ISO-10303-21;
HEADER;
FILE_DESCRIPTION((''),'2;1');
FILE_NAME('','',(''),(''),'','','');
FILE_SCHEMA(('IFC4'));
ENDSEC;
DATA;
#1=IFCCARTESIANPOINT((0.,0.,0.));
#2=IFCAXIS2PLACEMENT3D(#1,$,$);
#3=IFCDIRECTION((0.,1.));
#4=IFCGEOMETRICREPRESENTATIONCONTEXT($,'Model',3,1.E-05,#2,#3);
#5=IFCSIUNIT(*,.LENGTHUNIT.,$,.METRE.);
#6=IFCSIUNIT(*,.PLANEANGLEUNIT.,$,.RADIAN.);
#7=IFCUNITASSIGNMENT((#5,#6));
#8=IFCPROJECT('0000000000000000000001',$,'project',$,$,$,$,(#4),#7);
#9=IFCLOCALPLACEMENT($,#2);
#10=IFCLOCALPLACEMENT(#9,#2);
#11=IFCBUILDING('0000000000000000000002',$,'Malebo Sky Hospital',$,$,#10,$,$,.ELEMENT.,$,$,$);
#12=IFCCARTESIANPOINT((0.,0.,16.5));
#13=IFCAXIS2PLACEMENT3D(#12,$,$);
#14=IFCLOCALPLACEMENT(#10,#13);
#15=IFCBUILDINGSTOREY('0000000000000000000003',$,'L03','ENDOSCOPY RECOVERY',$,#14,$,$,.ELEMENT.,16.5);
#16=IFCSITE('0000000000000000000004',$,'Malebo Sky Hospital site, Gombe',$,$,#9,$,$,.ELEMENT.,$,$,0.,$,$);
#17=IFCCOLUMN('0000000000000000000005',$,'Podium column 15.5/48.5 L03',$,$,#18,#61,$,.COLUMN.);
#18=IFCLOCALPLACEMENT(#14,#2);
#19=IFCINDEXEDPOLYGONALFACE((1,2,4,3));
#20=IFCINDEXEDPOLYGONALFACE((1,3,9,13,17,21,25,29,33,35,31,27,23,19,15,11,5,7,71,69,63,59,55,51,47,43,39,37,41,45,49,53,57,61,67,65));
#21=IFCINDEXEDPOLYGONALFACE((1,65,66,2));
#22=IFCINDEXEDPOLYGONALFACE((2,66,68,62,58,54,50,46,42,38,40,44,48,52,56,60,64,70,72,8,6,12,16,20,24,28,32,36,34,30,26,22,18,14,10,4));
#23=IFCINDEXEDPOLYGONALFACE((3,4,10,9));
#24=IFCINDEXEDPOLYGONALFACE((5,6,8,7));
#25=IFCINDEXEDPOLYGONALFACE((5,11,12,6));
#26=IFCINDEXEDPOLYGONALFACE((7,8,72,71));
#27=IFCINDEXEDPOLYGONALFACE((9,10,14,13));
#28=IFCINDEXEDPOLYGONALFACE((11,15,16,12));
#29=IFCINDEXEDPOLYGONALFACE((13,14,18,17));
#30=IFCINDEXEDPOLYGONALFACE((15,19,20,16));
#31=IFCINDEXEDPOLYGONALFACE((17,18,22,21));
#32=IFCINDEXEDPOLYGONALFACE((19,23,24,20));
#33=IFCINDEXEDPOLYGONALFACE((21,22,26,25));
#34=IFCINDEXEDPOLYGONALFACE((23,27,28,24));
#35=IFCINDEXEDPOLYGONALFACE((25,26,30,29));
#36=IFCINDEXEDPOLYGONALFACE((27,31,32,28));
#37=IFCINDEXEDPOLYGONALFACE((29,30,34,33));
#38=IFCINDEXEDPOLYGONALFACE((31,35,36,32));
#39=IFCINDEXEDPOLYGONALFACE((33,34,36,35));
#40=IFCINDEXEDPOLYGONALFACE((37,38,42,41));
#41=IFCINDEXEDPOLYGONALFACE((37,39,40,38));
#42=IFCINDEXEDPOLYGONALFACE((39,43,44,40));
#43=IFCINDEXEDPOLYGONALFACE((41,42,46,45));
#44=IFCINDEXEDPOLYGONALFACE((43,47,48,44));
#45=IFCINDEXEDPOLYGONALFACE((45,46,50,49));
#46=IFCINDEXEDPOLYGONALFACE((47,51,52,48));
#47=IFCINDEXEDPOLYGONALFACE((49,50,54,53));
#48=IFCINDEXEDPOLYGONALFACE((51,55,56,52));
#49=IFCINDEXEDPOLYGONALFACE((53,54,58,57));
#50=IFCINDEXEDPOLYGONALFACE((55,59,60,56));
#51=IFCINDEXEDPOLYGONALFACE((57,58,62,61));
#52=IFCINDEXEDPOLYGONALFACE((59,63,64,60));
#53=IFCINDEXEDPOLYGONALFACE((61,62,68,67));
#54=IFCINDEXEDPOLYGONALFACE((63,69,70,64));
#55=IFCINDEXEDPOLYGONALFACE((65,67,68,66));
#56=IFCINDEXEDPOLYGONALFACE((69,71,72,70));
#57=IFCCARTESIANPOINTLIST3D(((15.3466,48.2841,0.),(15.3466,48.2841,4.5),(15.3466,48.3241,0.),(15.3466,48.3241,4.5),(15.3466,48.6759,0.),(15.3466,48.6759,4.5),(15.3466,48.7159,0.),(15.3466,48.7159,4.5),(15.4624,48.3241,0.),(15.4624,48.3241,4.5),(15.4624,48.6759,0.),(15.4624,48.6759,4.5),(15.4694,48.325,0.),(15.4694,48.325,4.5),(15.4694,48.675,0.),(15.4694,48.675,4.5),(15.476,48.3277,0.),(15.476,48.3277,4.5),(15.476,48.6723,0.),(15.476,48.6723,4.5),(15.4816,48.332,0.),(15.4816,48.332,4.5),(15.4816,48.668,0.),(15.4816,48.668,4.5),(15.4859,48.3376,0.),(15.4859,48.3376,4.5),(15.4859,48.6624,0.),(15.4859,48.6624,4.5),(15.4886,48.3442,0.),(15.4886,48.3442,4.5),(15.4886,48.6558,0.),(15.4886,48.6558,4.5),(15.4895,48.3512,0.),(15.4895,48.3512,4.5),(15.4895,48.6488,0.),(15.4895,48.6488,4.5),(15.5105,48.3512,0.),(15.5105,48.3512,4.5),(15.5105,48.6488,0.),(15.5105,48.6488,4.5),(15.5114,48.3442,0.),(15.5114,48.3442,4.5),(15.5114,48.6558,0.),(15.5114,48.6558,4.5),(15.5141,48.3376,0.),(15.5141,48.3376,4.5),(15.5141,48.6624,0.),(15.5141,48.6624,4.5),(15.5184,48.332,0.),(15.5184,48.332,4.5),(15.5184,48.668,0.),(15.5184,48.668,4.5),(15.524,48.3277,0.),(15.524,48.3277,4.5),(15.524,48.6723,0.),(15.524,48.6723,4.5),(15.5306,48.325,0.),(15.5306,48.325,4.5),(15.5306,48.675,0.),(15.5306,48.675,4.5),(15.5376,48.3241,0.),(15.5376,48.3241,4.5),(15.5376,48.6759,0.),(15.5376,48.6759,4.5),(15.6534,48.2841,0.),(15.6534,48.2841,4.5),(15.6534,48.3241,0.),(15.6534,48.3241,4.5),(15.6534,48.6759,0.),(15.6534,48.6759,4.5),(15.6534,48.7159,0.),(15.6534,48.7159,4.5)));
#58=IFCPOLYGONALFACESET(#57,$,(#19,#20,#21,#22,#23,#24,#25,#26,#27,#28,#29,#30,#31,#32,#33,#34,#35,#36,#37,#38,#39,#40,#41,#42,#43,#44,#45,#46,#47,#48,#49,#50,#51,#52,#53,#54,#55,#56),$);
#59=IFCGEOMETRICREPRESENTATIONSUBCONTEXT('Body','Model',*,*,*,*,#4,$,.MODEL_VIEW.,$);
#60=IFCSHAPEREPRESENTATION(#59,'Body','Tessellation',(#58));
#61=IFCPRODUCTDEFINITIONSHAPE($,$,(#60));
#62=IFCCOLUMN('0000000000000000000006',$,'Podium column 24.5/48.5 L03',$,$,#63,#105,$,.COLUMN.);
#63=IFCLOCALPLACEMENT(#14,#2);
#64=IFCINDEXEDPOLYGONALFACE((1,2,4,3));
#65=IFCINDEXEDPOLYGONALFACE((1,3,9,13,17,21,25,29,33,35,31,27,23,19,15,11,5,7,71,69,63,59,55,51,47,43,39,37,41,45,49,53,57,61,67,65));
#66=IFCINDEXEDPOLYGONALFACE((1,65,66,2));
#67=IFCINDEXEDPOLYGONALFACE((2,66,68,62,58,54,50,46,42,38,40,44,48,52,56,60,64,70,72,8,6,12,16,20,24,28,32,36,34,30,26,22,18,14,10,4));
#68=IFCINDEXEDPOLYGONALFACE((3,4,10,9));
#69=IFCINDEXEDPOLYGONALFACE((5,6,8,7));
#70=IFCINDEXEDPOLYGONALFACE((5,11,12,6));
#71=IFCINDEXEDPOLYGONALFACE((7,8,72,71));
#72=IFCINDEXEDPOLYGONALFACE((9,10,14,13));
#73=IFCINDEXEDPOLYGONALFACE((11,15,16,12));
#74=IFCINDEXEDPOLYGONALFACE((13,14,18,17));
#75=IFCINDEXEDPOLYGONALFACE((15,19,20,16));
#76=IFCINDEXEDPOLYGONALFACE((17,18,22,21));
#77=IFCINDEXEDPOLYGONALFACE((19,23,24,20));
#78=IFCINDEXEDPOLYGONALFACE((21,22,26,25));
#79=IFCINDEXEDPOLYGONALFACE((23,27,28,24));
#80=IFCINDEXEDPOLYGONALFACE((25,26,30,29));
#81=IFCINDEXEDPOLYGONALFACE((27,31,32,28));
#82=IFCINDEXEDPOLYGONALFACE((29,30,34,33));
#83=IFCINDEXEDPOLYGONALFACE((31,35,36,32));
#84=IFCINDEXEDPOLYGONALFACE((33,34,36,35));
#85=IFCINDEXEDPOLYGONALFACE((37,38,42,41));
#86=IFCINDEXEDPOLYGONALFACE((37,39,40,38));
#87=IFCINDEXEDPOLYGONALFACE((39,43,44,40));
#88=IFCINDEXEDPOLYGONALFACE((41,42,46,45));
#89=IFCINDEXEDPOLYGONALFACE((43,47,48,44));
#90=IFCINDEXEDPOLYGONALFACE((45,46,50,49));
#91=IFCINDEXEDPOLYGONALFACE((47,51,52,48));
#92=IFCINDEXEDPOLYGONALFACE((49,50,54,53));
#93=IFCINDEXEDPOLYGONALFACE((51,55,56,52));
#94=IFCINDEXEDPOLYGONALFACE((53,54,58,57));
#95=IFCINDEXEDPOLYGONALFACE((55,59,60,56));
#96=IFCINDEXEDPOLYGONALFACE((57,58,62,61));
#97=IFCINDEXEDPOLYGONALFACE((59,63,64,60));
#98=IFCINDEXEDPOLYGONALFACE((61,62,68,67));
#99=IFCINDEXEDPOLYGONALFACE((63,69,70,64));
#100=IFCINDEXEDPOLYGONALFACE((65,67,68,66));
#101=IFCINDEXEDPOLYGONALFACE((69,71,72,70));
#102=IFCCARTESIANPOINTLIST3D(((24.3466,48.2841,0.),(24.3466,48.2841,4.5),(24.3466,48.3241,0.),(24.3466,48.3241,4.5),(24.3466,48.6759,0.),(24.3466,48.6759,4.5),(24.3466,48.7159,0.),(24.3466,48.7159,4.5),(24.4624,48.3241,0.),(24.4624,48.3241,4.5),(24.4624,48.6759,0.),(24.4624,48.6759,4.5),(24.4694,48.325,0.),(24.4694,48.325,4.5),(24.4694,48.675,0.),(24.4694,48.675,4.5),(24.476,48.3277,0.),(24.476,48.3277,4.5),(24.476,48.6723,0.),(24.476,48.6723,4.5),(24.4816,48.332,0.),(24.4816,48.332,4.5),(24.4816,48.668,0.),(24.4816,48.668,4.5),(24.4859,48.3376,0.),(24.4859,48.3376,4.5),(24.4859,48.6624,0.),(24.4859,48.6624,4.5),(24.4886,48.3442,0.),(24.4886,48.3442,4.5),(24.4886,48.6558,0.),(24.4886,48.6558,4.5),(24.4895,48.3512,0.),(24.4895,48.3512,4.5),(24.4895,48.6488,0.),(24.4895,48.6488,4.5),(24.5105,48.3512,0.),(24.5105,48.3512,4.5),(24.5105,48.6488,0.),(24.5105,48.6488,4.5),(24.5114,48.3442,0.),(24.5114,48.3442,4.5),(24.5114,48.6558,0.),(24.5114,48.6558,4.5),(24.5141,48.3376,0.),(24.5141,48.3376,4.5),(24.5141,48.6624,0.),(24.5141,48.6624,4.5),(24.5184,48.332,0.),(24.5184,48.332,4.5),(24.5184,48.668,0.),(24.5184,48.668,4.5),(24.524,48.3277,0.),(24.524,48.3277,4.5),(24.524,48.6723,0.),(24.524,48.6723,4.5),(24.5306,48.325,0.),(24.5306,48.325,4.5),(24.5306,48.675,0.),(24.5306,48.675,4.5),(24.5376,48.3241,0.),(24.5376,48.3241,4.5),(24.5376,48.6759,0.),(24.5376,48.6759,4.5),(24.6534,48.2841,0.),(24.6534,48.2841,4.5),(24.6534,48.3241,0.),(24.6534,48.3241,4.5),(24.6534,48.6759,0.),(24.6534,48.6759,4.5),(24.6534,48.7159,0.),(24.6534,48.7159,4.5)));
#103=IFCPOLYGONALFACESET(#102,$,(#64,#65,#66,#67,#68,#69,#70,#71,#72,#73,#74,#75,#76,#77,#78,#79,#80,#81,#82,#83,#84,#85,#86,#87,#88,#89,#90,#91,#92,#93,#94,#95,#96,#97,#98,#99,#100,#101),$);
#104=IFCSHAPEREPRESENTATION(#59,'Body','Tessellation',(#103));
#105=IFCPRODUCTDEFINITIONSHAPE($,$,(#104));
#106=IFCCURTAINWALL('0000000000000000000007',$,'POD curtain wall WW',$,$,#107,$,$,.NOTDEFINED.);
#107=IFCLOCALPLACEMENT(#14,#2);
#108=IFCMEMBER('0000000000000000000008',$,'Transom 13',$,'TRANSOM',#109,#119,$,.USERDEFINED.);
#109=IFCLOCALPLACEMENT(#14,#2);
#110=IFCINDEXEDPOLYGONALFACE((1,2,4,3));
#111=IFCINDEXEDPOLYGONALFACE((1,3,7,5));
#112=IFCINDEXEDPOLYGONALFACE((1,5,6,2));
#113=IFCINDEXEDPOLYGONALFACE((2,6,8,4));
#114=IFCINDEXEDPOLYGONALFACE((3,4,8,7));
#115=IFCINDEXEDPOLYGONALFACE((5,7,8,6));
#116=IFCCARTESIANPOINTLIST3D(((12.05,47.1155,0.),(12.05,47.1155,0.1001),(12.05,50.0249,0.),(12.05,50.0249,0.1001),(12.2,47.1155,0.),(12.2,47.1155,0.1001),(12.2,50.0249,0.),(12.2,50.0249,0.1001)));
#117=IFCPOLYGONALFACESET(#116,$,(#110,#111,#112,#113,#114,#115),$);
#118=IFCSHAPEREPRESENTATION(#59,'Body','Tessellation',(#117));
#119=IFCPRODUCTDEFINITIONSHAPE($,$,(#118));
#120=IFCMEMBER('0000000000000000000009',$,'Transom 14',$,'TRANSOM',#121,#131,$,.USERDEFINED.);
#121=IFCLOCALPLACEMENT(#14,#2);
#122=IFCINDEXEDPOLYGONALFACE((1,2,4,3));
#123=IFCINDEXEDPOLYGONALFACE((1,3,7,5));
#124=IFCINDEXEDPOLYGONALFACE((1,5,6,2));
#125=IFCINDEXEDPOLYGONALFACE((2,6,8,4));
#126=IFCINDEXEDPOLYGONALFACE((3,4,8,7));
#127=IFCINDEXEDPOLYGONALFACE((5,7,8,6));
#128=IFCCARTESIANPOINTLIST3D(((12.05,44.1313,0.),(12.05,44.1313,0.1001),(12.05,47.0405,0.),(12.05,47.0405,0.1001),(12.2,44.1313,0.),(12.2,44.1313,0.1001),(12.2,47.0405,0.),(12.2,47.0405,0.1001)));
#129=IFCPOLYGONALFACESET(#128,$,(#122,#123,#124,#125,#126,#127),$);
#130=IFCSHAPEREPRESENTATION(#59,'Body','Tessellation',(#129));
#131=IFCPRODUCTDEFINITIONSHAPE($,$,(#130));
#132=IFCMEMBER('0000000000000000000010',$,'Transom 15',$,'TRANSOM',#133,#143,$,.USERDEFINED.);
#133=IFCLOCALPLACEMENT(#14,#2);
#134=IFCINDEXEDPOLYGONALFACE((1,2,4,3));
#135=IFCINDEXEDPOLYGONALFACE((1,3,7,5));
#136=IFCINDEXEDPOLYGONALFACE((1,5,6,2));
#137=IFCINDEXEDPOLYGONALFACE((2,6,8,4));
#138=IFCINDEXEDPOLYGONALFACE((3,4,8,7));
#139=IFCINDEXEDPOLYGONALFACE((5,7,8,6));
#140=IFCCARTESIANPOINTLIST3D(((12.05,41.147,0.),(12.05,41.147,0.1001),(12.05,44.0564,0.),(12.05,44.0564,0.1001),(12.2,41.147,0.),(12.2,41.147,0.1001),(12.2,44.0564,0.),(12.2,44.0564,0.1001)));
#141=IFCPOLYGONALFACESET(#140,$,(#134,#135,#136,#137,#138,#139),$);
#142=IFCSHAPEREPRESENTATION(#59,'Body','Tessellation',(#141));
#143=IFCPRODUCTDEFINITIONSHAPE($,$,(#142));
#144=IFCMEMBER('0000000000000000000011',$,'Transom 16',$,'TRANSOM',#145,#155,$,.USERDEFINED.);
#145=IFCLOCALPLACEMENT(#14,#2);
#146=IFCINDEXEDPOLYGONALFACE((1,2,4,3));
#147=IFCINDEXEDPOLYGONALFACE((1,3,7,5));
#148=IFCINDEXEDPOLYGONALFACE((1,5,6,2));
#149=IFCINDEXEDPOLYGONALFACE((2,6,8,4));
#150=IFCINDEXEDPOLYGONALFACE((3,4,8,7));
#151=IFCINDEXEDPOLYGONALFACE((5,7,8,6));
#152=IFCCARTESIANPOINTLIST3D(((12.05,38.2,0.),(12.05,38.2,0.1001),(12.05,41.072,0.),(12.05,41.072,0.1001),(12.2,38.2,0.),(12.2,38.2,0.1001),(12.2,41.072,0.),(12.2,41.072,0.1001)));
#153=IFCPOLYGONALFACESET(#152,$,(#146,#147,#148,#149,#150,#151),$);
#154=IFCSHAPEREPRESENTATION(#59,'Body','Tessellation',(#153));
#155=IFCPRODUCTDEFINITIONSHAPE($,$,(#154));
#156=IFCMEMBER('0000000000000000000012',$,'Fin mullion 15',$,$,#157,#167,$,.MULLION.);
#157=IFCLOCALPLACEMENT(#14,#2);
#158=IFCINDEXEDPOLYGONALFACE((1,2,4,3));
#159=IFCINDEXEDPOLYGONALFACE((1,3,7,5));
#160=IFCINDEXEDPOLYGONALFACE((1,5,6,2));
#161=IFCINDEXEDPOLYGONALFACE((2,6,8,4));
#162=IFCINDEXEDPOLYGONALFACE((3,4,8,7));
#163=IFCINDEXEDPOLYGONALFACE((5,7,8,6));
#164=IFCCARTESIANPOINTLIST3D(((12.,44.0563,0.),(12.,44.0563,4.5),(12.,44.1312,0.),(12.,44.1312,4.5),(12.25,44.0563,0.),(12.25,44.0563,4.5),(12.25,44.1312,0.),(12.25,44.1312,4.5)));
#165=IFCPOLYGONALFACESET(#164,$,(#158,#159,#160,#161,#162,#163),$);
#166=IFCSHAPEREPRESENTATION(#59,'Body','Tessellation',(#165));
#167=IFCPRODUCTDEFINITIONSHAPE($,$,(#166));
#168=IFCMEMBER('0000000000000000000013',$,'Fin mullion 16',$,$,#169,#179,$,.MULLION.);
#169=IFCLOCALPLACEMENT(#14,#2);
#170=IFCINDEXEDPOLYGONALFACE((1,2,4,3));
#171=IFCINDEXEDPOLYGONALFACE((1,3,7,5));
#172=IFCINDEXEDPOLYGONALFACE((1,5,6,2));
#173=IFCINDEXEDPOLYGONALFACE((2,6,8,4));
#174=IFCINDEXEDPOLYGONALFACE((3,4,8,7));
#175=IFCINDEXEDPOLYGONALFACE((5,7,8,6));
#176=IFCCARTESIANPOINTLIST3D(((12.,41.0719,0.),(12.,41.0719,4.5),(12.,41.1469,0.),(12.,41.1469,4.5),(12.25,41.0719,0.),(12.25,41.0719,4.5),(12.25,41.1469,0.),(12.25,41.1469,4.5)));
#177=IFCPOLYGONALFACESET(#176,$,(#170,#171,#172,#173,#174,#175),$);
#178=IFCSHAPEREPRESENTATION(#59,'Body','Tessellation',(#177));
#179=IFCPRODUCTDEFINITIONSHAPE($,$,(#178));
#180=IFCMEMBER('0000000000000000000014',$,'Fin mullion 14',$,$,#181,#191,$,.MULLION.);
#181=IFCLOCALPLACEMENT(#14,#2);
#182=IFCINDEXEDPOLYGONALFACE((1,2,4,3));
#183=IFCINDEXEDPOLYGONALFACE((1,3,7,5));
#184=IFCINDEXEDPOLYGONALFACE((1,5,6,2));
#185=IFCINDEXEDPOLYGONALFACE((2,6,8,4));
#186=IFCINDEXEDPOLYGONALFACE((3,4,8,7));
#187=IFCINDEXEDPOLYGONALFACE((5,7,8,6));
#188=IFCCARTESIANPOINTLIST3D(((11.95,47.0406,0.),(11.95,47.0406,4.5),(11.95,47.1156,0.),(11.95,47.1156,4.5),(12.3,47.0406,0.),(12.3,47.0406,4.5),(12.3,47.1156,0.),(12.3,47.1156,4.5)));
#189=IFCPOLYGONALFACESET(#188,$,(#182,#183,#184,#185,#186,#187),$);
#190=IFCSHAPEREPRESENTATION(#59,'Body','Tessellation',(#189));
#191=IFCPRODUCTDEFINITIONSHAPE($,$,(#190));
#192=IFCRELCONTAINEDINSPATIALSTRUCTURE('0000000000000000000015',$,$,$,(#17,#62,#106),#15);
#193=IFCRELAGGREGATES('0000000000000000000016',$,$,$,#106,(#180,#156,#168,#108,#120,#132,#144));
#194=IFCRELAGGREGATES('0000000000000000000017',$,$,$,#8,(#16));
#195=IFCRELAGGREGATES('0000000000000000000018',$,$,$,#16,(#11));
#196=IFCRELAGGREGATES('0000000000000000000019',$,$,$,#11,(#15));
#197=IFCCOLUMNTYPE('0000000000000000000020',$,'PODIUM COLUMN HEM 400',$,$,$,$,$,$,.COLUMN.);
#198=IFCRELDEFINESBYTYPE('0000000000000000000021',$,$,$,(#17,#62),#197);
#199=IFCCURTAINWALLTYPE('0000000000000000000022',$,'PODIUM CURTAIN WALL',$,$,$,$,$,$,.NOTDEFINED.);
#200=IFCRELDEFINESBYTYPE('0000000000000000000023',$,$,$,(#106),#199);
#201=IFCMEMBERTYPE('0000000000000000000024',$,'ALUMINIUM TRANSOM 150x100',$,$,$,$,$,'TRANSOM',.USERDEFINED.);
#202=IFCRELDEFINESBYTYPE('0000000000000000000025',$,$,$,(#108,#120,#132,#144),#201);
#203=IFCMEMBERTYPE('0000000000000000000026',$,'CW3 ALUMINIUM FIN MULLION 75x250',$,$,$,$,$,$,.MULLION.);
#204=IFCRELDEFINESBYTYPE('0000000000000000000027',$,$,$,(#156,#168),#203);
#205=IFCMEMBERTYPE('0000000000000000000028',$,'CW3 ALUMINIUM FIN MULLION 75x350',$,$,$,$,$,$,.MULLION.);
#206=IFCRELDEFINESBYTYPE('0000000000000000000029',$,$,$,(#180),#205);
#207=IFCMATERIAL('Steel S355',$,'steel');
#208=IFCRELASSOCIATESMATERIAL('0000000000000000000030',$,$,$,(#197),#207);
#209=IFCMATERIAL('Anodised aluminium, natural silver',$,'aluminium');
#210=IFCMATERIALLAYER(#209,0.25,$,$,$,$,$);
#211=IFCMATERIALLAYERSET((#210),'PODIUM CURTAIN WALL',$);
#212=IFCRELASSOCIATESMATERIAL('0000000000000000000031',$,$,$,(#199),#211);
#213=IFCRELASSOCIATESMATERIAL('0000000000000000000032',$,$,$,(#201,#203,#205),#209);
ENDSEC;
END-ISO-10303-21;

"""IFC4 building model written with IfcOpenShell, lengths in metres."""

from ifc_helpers import new_model, si_unit, direction, frame, origin, origin_2d, place, context, subcontext, project, spatial, rectangle, i_section, extrude, material, layer, layer_set, material_profile, profile_set, type_object, element, aggregate, save


model = new_model("IFC4")

# Units and contexts
model_context = context("Model", 3, precision=1e-05, world=origin(), true_north=direction((0.0, 1.0)))
body_context = subcontext(model_context, "Body", "Model", "MODEL_VIEW")
ifc_project = project(units=[si_unit("LENGTHUNIT", "METRE"), si_unit("PLANEANGLEUNIT", "RADIAN")], contexts=[model_context])

# Site, building, storey
site_placement = place(None, origin())
site = spatial("IfcSite", under=ifc_project, at=site_placement, Name="Malebo Sky Hospital site, Gombe", CompositionType="ELEMENT", RefElevation=0.0)
building_placement = place(site_placement, origin())
building = spatial("IfcBuilding", under=site, at=building_placement, Name="Malebo Sky Hospital", CompositionType="ELEMENT")
storey_placement = place(building_placement, frame((0.0, 0.0, 16.5)))
storey = spatial("IfcBuildingStorey", under=building, at=storey_placement, Name="L03", Description="ENDOSCOPY RECOVERY", CompositionType="ELEMENT", Elevation=16.5)

# Columns
ifc_material_1 = material(Name="Steel S355", Category="steel")
ifc_material_profile_1 = material_profile(ifc_material_1, i_section(OverallWidth=0.3069, OverallDepth=0.4319, WebThickness=0.021, FlangeThickness=0.04, FilletRadius=0.0271, at=origin_2d()), Name="HEM 400")
ifc_profile_set_1 = profile_set([ifc_material_profile_1], Name="Steel S355")
column_type = type_object("IfcColumnType", Name="PODIUM COLUMN HEM 400", PredefinedType="COLUMN", material=ifc_profile_set_1)
for number, where, z_axis, x_axis, name in (
    (1, (15.5, 48.5, 0.0), (0.0, 0.0, 1.0), (1.0, 0.0, 0.0), "Podium column 15.5/48.5 L03"),
    (2, (24.5, 48.5, 0.0), (0.0, 0.0, 1.0), (1.0, 0.0, 0.0), "Podium column 24.5/48.5 L03"),
):
    element("IfcColumn", number, at=place(storey_placement, frame(where, z_axis=z_axis, x_axis=x_axis)), inside=storey, type_object=column_type, Name=name, PredefinedType="COLUMN", context=body_context, shape_type="SweptSolid", body=[
        extrude(i_section(OverallWidth=0.3069, OverallDepth=0.4319, WebThickness=0.021, FlangeThickness=0.04, FilletRadius=0.0271, at=origin_2d()), origin(), (0.0, 0.0, 1.0), 4.5),
    ])

# Curtain wall, members
ifc_material_2 = material(Name="Anodised aluminium, natural silver", Category="aluminium")
ifc_layer_1 = layer(ifc_material_2, 0.25)
ifc_layer_set_1 = layer_set([ifc_layer_1], Name="PODIUM CURTAIN WALL")
curtain_wall_type = type_object("IfcCurtainWallType", Name="PODIUM CURTAIN WALL", PredefinedType="NOTDEFINED", material=ifc_layer_set_1)
curtain_wall_placement = place(storey_placement, origin())
curtain_wall = element("IfcCurtainWall", 3, at=curtain_wall_placement, inside=storey, type_object=curtain_wall_type, Name="POD curtain wall WW", PredefinedType="NOTDEFINED")
ifc_material_profile_2 = material_profile(ifc_material_2, rectangle(XDim=0.1499, YDim=0.1001, at=origin_2d()), Name="ALUMINIUM TRANSOM 150x100")
ifc_profile_set_2 = profile_set([ifc_material_profile_2], Name="Anodised aluminium, natural silver")
member_type_1 = type_object("IfcMemberType", Name="ALUMINIUM TRANSOM 150x100", ElementType="TRANSOM", PredefinedType="USERDEFINED", material=ifc_profile_set_2)
member_1_placement = place(storey_placement, frame((12.125, 50.0249, 0.05), z_axis=(0.0, -1.0, 0.0), x_axis=(1.0, 0.0, 0.0)))
member_1 = element("IfcMember", 4, at=member_1_placement, type_object=member_type_1, Name="Transom 13", ObjectType="TRANSOM", PredefinedType="USERDEFINED", context=body_context, shape_type="SweptSolid", body=[
    extrude(rectangle(XDim=0.1499, YDim=0.1001, at=origin_2d()), origin(), (0.0, 0.0, 1.0), 2.9094),
])
member_2_placement = place(storey_placement, frame((12.125, 47.0405, 0.05), z_axis=(0.0, -1.0, 0.0), x_axis=(1.0, 0.0, 0.0)))
member_2 = element("IfcMember", 5, at=member_2_placement, type_object=member_type_1, Name="Transom 14", ObjectType="TRANSOM", PredefinedType="USERDEFINED", context=body_context, shape_type="SweptSolid", body=[
    extrude(rectangle(XDim=0.1499, YDim=0.1001, at=origin_2d()), origin(), (0.0, 0.0, 1.0), 2.9092),
])
member_3_placement = place(storey_placement, frame((12.125, 44.0564, 0.05), z_axis=(0.0, -1.0, 0.0), x_axis=(1.0, 0.0, 0.0)))
member_3 = element("IfcMember", 6, at=member_3_placement, type_object=member_type_1, Name="Transom 15", ObjectType="TRANSOM", PredefinedType="USERDEFINED", context=body_context, shape_type="SweptSolid", body=[
    extrude(rectangle(XDim=0.1499, YDim=0.1001, at=origin_2d()), origin(), (0.0, 0.0, 1.0), 2.9094),
])
member_4_placement = place(storey_placement, frame((12.125, 41.072, 0.05), z_axis=(0.0, -1.0, 0.0), x_axis=(1.0, 0.0, 0.0)))
member_4 = element("IfcMember", 7, at=member_4_placement, type_object=member_type_1, Name="Transom 16", ObjectType="TRANSOM", PredefinedType="USERDEFINED", context=body_context, shape_type="SweptSolid", body=[
    extrude(rectangle(XDim=0.1499, YDim=0.1001, at=origin_2d()), origin(), (0.0, 0.0, 1.0), 2.8721),
])
ifc_material_profile_3 = material_profile(ifc_material_2, rectangle(XDim=0.075, YDim=0.25, at=origin_2d()), Name="CW3 ALUMINIUM FIN MULLION 75x250")
ifc_profile_set_3 = profile_set([ifc_material_profile_3], Name="Anodised aluminium, natural silver")
member_type_2 = type_object("IfcMemberType", Name="CW3 ALUMINIUM FIN MULLION 75x250", PredefinedType="MULLION", material=ifc_profile_set_3)
member_5_placement = place(storey_placement, frame((12.125, 44.0938, 0.0), z_axis=(0.0, 0.0, 1.0), x_axis=(0.0, -1.0, 0.0)))
member_5 = element("IfcMember", 8, at=member_5_placement, type_object=member_type_2, Name="Fin mullion 15", PredefinedType="MULLION", context=body_context, shape_type="SweptSolid", body=[
    extrude(rectangle(XDim=0.075, YDim=0.25, at=origin_2d()), origin(), (0.0, 0.0, 1.0), 4.5),
])
member_6_placement = place(storey_placement, frame((12.125, 41.1094, 0.0), z_axis=(0.0, 0.0, 1.0), x_axis=(0.0, -1.0, 0.0)))
member_6 = element("IfcMember", 9, at=member_6_placement, type_object=member_type_2, Name="Fin mullion 16", PredefinedType="MULLION", context=body_context, shape_type="SweptSolid", body=[
    extrude(rectangle(XDim=0.075, YDim=0.25, at=origin_2d()), origin(), (0.0, 0.0, 1.0), 4.5),
])
ifc_material_profile_4 = material_profile(ifc_material_2, rectangle(XDim=0.075, YDim=0.3501, at=origin_2d()), Name="CW3 ALUMINIUM FIN MULLION 75x350")
ifc_profile_set_4 = profile_set([ifc_material_profile_4], Name="Anodised aluminium, natural silver")
member_type_3 = type_object("IfcMemberType", Name="CW3 ALUMINIUM FIN MULLION 75x350", PredefinedType="MULLION", material=ifc_profile_set_4)
member_7_placement = place(storey_placement, frame((12.125, 47.0781, 0.0), z_axis=(0.0, 0.0, 1.0), x_axis=(0.0, -1.0, 0.0)))
member_7 = element("IfcMember", 10, at=member_7_placement, type_object=member_type_3, Name="Fin mullion 14", PredefinedType="MULLION", context=body_context, shape_type="SweptSolid", body=[
    extrude(rectangle(XDim=0.075, YDim=0.3501, at=origin_2d()), origin(), (0.0, 0.0, 1.0), 4.5),
])

aggregate(curtain_wall, [member_7, member_5, member_6, member_1, member_2, member_3, member_4])

save(model, "model.ifc")
